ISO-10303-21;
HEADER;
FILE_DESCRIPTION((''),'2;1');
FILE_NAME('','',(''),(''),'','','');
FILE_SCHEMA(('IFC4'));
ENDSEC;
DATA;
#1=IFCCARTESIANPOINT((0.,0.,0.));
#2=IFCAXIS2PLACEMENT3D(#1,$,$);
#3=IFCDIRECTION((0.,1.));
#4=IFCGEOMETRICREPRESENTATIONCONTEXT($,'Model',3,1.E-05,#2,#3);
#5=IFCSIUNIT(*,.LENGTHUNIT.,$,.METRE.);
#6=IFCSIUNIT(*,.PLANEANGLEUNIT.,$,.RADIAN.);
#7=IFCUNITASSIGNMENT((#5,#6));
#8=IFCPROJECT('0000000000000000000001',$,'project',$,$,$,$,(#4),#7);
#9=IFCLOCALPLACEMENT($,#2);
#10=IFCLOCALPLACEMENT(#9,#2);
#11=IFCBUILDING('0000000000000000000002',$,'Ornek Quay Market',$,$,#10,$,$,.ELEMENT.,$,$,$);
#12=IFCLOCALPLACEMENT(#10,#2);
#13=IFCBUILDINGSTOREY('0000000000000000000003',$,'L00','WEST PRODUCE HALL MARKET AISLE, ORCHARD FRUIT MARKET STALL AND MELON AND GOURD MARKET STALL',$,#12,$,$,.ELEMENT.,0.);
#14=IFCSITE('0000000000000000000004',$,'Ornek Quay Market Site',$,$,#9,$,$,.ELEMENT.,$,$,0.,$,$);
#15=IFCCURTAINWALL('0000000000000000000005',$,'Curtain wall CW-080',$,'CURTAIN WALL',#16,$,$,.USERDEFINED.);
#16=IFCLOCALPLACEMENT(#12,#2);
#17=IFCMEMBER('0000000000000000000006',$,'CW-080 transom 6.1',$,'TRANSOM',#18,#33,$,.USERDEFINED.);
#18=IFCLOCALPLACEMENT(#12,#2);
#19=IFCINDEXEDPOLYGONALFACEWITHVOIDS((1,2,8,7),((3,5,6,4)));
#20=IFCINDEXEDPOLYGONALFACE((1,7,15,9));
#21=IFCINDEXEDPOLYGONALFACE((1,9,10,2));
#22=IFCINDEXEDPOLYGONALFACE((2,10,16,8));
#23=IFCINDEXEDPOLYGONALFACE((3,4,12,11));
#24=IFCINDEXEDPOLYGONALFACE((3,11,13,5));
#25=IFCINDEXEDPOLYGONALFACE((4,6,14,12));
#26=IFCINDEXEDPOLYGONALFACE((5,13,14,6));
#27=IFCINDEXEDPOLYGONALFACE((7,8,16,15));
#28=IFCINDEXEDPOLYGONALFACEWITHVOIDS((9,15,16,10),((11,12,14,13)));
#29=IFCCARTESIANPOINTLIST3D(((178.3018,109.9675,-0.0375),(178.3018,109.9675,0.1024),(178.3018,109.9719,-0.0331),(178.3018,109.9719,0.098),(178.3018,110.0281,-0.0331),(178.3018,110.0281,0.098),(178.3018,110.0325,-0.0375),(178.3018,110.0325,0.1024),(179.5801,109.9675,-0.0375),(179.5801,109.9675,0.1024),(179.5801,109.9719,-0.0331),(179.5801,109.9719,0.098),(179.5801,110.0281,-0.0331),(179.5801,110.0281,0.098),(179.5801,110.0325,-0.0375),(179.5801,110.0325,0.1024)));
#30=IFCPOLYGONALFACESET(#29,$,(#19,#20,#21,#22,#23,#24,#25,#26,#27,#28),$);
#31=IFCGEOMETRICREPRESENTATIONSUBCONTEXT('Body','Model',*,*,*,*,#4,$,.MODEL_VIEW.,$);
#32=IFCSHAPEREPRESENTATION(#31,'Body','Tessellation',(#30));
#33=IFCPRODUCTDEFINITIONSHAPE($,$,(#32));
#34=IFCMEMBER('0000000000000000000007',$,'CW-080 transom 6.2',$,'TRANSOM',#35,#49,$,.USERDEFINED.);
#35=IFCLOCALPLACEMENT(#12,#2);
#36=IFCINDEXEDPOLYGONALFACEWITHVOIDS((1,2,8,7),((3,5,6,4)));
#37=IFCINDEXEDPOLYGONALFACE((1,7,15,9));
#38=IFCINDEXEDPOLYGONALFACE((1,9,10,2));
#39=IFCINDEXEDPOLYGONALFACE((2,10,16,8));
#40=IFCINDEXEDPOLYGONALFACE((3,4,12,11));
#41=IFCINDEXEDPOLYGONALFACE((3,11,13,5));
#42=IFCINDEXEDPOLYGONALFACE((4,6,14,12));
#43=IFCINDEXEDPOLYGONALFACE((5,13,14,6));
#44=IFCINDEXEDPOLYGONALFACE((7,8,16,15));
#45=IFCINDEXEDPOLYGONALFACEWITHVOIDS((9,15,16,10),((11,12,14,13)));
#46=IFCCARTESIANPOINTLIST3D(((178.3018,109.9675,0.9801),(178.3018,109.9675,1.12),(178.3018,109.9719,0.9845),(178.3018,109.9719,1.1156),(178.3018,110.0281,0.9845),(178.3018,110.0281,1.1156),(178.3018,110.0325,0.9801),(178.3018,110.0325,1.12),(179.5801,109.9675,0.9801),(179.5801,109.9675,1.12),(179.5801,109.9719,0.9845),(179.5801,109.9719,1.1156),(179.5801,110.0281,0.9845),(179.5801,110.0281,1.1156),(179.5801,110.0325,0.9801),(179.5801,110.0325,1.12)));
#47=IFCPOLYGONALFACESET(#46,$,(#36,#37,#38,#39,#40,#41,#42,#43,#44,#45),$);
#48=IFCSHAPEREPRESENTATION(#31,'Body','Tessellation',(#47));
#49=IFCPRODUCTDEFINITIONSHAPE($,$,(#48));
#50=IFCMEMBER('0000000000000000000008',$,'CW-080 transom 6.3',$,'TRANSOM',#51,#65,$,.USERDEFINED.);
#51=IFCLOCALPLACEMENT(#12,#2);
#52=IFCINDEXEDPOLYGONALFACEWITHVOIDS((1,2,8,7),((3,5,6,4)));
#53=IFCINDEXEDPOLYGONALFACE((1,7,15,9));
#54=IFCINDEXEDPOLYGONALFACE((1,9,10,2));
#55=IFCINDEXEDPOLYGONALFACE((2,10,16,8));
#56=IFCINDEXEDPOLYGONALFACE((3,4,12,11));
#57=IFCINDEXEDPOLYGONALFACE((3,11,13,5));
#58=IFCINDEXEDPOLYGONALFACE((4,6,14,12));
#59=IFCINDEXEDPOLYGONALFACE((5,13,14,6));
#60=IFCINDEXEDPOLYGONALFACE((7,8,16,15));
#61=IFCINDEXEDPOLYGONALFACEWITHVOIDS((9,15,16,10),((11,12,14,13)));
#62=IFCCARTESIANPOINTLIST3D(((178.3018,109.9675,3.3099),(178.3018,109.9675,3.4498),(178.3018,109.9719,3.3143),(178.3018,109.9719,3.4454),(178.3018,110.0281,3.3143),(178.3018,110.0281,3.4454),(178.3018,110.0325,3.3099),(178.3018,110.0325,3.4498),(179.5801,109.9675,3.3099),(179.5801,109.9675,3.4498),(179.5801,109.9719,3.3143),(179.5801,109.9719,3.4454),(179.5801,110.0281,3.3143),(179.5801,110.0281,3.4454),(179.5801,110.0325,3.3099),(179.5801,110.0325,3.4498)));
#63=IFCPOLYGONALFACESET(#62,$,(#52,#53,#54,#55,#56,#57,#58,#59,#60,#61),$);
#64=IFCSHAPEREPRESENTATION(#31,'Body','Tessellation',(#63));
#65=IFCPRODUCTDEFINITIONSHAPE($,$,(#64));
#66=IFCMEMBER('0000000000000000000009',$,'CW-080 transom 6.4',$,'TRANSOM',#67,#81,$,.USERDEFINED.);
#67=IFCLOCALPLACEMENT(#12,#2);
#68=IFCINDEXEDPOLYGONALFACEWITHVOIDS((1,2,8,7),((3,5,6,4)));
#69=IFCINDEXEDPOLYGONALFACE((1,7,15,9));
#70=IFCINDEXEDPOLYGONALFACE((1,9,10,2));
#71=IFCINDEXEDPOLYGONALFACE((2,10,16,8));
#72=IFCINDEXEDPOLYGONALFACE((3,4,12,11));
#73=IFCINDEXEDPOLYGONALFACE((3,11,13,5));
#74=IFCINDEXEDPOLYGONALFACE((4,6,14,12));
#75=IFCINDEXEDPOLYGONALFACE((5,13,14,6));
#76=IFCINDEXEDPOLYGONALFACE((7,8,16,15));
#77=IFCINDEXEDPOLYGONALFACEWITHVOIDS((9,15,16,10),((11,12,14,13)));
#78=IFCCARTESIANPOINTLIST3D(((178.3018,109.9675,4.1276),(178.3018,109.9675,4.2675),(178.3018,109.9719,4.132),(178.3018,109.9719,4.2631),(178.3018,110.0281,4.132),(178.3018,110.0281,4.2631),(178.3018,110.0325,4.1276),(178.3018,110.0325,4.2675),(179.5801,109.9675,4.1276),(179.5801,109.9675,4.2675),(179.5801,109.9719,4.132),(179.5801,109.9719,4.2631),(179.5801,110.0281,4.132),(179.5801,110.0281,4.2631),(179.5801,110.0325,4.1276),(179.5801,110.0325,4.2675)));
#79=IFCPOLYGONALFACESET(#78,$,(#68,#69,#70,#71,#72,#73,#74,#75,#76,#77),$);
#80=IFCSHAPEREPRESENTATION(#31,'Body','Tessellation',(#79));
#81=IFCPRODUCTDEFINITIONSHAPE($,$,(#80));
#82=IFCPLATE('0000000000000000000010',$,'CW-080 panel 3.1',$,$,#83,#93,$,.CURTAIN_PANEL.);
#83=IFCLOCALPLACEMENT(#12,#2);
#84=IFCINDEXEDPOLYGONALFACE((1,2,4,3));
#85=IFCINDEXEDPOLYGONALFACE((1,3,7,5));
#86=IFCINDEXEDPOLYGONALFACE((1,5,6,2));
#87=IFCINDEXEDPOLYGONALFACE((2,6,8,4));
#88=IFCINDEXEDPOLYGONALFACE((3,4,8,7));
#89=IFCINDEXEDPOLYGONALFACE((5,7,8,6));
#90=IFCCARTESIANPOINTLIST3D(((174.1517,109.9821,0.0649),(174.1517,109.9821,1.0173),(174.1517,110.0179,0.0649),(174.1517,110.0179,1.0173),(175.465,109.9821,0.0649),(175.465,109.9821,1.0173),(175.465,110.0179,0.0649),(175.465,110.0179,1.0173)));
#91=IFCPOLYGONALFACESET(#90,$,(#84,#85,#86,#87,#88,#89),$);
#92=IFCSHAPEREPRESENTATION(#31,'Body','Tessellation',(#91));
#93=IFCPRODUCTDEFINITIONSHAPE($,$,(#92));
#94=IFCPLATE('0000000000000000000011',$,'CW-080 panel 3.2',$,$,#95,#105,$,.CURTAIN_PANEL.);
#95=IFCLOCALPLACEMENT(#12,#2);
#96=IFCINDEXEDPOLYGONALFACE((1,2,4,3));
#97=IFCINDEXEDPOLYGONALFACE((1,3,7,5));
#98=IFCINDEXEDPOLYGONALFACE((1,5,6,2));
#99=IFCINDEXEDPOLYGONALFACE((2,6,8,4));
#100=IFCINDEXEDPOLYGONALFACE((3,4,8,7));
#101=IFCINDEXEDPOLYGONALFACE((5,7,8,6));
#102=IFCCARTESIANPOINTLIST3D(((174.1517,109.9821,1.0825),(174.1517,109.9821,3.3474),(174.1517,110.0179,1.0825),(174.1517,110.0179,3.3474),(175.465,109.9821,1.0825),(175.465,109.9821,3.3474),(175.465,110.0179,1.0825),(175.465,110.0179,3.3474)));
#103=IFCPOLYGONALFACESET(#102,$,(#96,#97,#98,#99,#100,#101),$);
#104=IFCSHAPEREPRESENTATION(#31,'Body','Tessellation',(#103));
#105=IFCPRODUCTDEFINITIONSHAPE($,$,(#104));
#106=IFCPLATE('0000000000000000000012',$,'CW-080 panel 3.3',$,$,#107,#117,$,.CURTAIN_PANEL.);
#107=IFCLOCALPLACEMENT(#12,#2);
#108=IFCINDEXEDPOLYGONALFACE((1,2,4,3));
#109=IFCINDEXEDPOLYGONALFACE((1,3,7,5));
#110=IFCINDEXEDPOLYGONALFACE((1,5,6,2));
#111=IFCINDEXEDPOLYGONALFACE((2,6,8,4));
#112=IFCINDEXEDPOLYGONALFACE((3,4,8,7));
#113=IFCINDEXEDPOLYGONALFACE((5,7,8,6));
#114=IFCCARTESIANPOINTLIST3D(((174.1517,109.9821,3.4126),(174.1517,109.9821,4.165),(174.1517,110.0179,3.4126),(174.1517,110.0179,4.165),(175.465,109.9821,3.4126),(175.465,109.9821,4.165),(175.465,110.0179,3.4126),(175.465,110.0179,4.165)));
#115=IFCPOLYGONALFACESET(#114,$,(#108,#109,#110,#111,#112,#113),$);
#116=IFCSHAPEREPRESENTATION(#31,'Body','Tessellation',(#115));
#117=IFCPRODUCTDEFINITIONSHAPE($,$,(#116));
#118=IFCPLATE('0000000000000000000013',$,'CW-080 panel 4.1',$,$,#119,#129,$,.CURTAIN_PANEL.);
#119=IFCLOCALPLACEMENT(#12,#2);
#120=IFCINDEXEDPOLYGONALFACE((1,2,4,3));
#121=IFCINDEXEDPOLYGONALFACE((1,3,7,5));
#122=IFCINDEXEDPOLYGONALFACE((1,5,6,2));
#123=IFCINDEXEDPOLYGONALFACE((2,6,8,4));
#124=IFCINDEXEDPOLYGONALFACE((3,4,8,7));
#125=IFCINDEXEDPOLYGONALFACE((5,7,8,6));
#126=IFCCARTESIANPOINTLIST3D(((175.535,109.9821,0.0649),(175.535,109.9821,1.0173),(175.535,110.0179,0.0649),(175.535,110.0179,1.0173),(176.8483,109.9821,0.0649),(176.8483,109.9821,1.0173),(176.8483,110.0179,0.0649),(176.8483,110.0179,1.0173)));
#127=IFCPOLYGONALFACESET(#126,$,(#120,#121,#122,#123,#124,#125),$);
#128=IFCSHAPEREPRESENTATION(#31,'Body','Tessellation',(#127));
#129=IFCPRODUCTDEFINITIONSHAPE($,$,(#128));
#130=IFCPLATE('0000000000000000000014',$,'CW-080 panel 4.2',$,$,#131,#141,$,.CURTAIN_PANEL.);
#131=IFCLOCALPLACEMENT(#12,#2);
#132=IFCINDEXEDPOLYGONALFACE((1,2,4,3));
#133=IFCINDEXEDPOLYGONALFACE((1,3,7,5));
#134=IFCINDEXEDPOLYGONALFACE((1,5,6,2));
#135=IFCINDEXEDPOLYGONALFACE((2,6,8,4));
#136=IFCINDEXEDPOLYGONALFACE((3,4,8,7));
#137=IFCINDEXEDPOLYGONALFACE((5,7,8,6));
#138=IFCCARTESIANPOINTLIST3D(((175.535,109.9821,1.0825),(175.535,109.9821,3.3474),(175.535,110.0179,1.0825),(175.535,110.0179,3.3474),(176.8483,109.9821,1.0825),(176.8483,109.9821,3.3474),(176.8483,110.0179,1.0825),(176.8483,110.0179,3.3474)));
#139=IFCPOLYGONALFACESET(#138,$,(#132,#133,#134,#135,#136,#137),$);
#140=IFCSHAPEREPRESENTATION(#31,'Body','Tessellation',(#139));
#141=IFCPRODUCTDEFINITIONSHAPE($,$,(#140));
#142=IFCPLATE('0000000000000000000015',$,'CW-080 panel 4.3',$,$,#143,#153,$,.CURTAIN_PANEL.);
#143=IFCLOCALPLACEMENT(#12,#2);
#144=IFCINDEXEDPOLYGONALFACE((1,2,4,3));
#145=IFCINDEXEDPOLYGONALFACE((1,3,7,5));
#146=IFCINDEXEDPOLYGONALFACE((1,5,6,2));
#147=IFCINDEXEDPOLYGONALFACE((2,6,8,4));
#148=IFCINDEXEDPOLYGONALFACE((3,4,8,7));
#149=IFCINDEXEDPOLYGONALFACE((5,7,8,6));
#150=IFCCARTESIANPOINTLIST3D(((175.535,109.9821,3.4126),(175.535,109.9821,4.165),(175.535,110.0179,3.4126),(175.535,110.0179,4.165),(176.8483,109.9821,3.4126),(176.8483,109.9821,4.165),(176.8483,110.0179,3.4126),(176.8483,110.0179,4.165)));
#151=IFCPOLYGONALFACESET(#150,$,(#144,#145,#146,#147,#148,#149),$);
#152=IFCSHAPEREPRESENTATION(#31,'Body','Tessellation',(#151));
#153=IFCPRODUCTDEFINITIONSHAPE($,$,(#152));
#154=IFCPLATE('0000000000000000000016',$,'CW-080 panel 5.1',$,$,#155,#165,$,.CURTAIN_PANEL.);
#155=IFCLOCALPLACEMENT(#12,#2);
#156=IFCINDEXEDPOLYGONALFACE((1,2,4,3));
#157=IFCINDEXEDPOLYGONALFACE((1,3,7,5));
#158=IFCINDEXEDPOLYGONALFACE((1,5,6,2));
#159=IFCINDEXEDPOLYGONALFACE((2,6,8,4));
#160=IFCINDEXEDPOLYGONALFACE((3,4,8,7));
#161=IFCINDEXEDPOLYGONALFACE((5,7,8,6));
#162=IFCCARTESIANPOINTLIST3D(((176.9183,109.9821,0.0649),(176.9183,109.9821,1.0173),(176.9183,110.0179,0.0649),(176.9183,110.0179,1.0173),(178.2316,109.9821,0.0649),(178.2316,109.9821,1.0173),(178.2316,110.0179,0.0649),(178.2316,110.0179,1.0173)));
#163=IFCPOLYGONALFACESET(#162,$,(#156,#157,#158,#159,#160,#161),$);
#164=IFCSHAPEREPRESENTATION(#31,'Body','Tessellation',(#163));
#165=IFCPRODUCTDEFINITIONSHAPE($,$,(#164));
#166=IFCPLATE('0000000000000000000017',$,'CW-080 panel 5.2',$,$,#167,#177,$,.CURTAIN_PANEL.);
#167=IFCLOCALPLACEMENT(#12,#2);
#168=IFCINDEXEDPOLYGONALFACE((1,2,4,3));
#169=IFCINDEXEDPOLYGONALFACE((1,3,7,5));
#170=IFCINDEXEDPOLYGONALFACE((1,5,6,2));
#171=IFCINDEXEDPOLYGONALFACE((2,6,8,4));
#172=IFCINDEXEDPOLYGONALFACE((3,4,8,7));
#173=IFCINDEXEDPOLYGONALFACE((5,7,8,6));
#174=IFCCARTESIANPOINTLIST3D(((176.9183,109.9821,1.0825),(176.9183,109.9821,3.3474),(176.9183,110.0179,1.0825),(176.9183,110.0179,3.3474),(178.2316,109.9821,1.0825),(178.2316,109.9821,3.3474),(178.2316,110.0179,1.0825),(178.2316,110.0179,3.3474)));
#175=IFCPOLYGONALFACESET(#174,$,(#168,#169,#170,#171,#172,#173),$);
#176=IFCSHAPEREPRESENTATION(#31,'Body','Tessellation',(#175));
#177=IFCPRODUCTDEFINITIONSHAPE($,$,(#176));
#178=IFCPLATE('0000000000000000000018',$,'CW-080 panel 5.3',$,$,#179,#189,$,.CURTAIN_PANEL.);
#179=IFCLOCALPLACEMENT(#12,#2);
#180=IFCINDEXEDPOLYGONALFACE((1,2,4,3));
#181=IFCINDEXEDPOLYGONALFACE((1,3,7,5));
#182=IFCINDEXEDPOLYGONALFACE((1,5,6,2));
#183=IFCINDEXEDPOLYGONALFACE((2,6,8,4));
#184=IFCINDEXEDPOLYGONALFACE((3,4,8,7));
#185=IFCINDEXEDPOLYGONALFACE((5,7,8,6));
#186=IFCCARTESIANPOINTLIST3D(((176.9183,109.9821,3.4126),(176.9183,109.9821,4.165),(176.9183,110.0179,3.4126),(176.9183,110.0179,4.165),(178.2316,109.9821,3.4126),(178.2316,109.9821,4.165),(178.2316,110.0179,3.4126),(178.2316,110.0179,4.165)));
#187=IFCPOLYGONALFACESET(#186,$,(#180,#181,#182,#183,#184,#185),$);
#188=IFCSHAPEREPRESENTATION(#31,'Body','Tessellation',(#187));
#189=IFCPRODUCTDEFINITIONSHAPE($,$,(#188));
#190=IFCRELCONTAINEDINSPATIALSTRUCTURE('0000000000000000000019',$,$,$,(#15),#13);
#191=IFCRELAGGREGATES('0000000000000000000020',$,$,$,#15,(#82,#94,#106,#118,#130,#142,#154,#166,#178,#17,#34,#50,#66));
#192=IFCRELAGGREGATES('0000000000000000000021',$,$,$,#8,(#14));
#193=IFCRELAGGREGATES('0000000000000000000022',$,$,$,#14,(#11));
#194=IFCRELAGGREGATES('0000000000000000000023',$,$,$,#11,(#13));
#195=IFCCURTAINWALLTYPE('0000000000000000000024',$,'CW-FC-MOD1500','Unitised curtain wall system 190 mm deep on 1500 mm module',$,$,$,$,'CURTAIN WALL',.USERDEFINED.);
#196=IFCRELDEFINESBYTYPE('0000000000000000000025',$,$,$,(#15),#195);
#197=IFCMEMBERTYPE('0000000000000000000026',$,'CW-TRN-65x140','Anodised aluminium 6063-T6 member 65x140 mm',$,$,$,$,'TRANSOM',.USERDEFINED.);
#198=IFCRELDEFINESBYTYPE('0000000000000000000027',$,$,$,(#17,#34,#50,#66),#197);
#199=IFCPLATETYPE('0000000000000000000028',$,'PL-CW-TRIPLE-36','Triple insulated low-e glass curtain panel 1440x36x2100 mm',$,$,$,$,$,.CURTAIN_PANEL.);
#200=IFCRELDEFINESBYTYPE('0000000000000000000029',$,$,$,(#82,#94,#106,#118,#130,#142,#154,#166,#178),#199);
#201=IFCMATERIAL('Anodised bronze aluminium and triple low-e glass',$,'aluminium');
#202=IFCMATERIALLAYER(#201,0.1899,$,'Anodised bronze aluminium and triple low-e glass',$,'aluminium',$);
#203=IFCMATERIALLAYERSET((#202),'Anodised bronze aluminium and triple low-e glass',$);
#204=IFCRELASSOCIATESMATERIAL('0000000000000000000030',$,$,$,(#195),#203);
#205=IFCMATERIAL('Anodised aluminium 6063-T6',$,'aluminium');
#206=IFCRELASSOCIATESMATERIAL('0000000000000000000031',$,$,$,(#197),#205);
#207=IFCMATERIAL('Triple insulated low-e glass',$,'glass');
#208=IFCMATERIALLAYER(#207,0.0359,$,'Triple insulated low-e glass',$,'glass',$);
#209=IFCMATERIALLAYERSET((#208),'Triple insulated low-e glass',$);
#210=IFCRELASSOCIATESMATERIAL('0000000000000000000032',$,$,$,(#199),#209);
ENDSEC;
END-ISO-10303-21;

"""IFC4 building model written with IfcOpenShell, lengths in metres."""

from ifc_helpers import new_model, si_unit, direction, frame, origin, origin_2d, place, context, subcontext, project, spatial, rectangle, hollow_rectangle, extrude, material, layer, layer_set, material_profile, profile_set, type_object, element, aggregate, save


model = new_model("IFC4")

# Units and contexts
model_context = context("Model", 3, precision=1e-05, world=origin(), true_north=direction((0.0, 1.0)))
body_context = subcontext(model_context, "Body", "Model", "MODEL_VIEW")
ifc_project = project(units=[si_unit("LENGTHUNIT", "METRE"), si_unit("PLANEANGLEUNIT", "RADIAN")], contexts=[model_context])

# Site, building, storey
site_placement = place(None, origin())
site = spatial("IfcSite", under=ifc_project, at=site_placement, Name="Ornek Quay Market Site", CompositionType="ELEMENT", RefElevation=0.0)
building_placement = place(site_placement, origin())
building = spatial("IfcBuilding", under=site, at=building_placement, Name="Ornek Quay Market", CompositionType="ELEMENT")
storey_placement = place(building_placement, origin())
storey = spatial("IfcBuildingStorey", under=building, at=storey_placement, Name="L00", Description="WEST PRODUCE HALL MARKET AISLE, ORCHARD FRUIT MARKET STALL AND MELON AND GOURD MARKET STALL", CompositionType="ELEMENT", Elevation=0.0)

# Curtain wall, members, plates
ifc_material_1 = material(Name="Anodised bronze aluminium and triple low-e glass", Category="aluminium")
ifc_layer_1 = layer(ifc_material_1, 0.1899, Name="Anodised bronze aluminium and triple low-e glass", Category="aluminium")
ifc_layer_set_1 = layer_set([ifc_layer_1], Name="Anodised bronze aluminium and triple low-e glass")
curtain_wall_type = type_object("IfcCurtainWallType", Name="CW-FC-MOD1500", Description="Unitised curtain wall system 190 mm deep on 1500 mm module", ElementType="CURTAIN WALL", PredefinedType="USERDEFINED", material=ifc_layer_set_1)
curtain_wall_placement = place(storey_placement, origin())
curtain_wall = element("IfcCurtainWall", 1, at=curtain_wall_placement, inside=storey, type_object=curtain_wall_type, Name="Curtain wall CW-080", ObjectType="CURTAIN WALL", PredefinedType="USERDEFINED")
ifc_material_2 = material(Name="Anodised aluminium 6063-T6", Category="aluminium")
ifc_material_profile_1 = material_profile(ifc_material_2, hollow_rectangle(XDim=0.0649, YDim=0.1399, WallThickness=0.0044, at=origin_2d()), Name="CW-TRN-65x140", Category="aluminium")
ifc_profile_set_1 = profile_set([ifc_material_profile_1], Name="Anodised aluminium 6063-T6")
member_type_1 = type_object("IfcMemberType", Name="CW-TRN-65x140", Description="Anodised aluminium 6063-T6 member 65x140 mm", ElementType="TRANSOM", PredefinedType="USERDEFINED", material=ifc_profile_set_1)
member_1_placement = place(storey_placement, frame((178.3018, 110.0, 0.0325), z_axis=(1.0, 0.0, 0.0), x_axis=(0.0, 1.0, 0.0)))
member_1 = element("IfcMember", 2, at=member_1_placement, type_object=member_type_1, Name="CW-080 transom 6.1", ObjectType="TRANSOM", PredefinedType="USERDEFINED", context=body_context, shape_type="SweptSolid", body=[
    extrude(hollow_rectangle(XDim=0.0649, YDim=0.1399, WallThickness=0.0044, at=origin_2d()), origin(), (0.0, 0.0, 1.0), 1.2783),
])
member_2_placement = place(storey_placement, frame((178.3018, 110.0, 1.05), z_axis=(1.0, 0.0, 0.0), x_axis=(0.0, 1.0, 0.0)))
member_2 = element("IfcMember", 3, at=member_2_placement, type_object=member_type_1, Name="CW-080 transom 6.2", ObjectType="TRANSOM", PredefinedType="USERDEFINED", context=body_context, shape_type="SweptSolid", body=[
    extrude(hollow_rectangle(XDim=0.0649, YDim=0.1399, WallThickness=0.0044, at=origin_2d()), origin(), (0.0, 0.0, 1.0), 1.2783),
])
member_3_placement = place(storey_placement, frame((178.3018, 110.0, 3.3799), z_axis=(1.0, 0.0, 0.0), x_axis=(0.0, 1.0, 0.0)))
member_3 = element("IfcMember", 4, at=member_3_placement, type_object=member_type_1, Name="CW-080 transom 6.3", ObjectType="TRANSOM", PredefinedType="USERDEFINED", context=body_context, shape_type="SweptSolid", body=[
    extrude(hollow_rectangle(XDim=0.0649, YDim=0.1399, WallThickness=0.0044, at=origin_2d()), origin(), (0.0, 0.0, 1.0), 1.2783),
])
member_4_placement = place(storey_placement, frame((178.3018, 110.0, 4.1975), z_axis=(1.0, 0.0, 0.0), x_axis=(0.0, 1.0, 0.0)))
member_4 = element("IfcMember", 5, at=member_4_placement, type_object=member_type_1, Name="CW-080 transom 6.4", ObjectType="TRANSOM", PredefinedType="USERDEFINED", context=body_context, shape_type="SweptSolid", body=[
    extrude(hollow_rectangle(XDim=0.0649, YDim=0.1399, WallThickness=0.0044, at=origin_2d()), origin(), (0.0, 0.0, 1.0), 1.2783),
])
ifc_material_3 = material(Name="Triple insulated low-e glass", Category="glass")
ifc_layer_2 = layer(ifc_material_3, 0.0359, Name="Triple insulated low-e glass", Category="glass")
ifc_layer_set_2 = layer_set([ifc_layer_2], Name="Triple insulated low-e glass")
plate_type = type_object("IfcPlateType", Name="PL-CW-TRIPLE-36", Description="Triple insulated low-e glass curtain panel 1440x36x2100 mm", PredefinedType="CURTAIN_PANEL", material=ifc_layer_set_2)
plate_1_placement = place(storey_placement, frame((174.8083, 110.0, 0.0649), z_axis=(0.0, 0.0, 1.0), x_axis=(1.0, 0.0, 0.0)))
plate_1 = element("IfcPlate", 6, at=plate_1_placement, type_object=plate_type, Name="CW-080 panel 3.1", PredefinedType="CURTAIN_PANEL", context=body_context, shape_type="SweptSolid", body=[
    extrude(rectangle(XDim=1.3132, YDim=0.0359, at=origin_2d()), origin(), (0.0, 0.0, 1.0), 0.9524),
])
plate_2_placement = place(storey_placement, frame((174.8083, 110.0, 1.0825), z_axis=(0.0, 0.0, 1.0), x_axis=(1.0, 0.0, 0.0)))
plate_2 = element("IfcPlate", 7, at=plate_2_placement, type_object=plate_type, Name="CW-080 panel 3.2", PredefinedType="CURTAIN_PANEL", context=body_context, shape_type="SweptSolid", body=[
    extrude(rectangle(XDim=1.3132, YDim=0.0359, at=origin_2d()), origin(), (0.0, 0.0, 1.0), 2.2649),
])
plate_3_placement = place(storey_placement, frame((174.8083, 110.0, 3.4126), z_axis=(0.0, 0.0, 1.0), x_axis=(1.0, 0.0, 0.0)))
plate_3 = element("IfcPlate", 8, at=plate_3_placement, type_object=plate_type, Name="CW-080 panel 3.3", PredefinedType="CURTAIN_PANEL", context=body_context, shape_type="SweptSolid", body=[
    extrude(rectangle(XDim=1.3132, YDim=0.0359, at=origin_2d()), origin(), (0.0, 0.0, 1.0), 0.7524),
])
plate_4_placement = place(storey_placement, frame((176.1917, 110.0, 0.0649), z_axis=(0.0, 0.0, 1.0), x_axis=(1.0, 0.0, 0.0)))
plate_4 = element("IfcPlate", 9, at=plate_4_placement, type_object=plate_type, Name="CW-080 panel 4.1", PredefinedType="CURTAIN_PANEL", context=body_context, shape_type="SweptSolid", body=[
    extrude(rectangle(XDim=1.3132, YDim=0.0359, at=origin_2d()), origin(), (0.0, 0.0, 1.0), 0.9524),
])
plate_5_placement = place(storey_placement, frame((176.1917, 110.0, 1.0825), z_axis=(0.0, 0.0, 1.0), x_axis=(1.0, 0.0, 0.0)))
plate_5 = element("IfcPlate", 10, at=plate_5_placement, type_object=plate_type, Name="CW-080 panel 4.2", PredefinedType="CURTAIN_PANEL", context=body_context, shape_type="SweptSolid", body=[
    extrude(rectangle(XDim=1.3132, YDim=0.0359, at=origin_2d()), origin(), (0.0, 0.0, 1.0), 2.2649),
])
plate_6_placement = place(storey_placement, frame((176.1917, 110.0, 3.4126), z_axis=(0.0, 0.0, 1.0), x_axis=(1.0, 0.0, 0.0)))
plate_6 = element("IfcPlate", 11, at=plate_6_placement, type_object=plate_type, Name="CW-080 panel 4.3", PredefinedType="CURTAIN_PANEL", context=body_context, shape_type="SweptSolid", body=[
    extrude(rectangle(XDim=1.3132, YDim=0.0359, at=origin_2d()), origin(), (0.0, 0.0, 1.0), 0.7524),
])
plate_7_placement = place(storey_placement, frame((177.575, 110.0, 0.0649), z_axis=(0.0, 0.0, 1.0), x_axis=(1.0, 0.0, 0.0)))
plate_7 = element("IfcPlate", 12, at=plate_7_placement, type_object=plate_type, Name="CW-080 panel 5.1", PredefinedType="CURTAIN_PANEL", context=body_context, shape_type="SweptSolid", body=[
    extrude(rectangle(XDim=1.3132, YDim=0.0359, at=origin_2d()), origin(), (0.0, 0.0, 1.0), 0.9524),
])
plate_8_placement = place(storey_placement, frame((177.575, 110.0, 1.0825), z_axis=(0.0, 0.0, 1.0), x_axis=(1.0, 0.0, 0.0)))
plate_8 = element("IfcPlate", 13, at=plate_8_placement, type_object=plate_type, Name="CW-080 panel 5.2", PredefinedType="CURTAIN_PANEL", context=body_context, shape_type="SweptSolid", body=[
    extrude(rectangle(XDim=1.3132, YDim=0.0359, at=origin_2d()), origin(), (0.0, 0.0, 1.0), 2.2649),
])
plate_9_placement = place(storey_placement, frame((177.575, 110.0, 3.4126), z_axis=(0.0, 0.0, 1.0), x_axis=(1.0, 0.0, 0.0)))
plate_9 = element("IfcPlate", 14, at=plate_9_placement, type_object=plate_type, Name="CW-080 panel 5.3", PredefinedType="CURTAIN_PANEL", context=body_context, shape_type="SweptSolid", body=[
    extrude(rectangle(XDim=1.3132, YDim=0.0359, at=origin_2d()), origin(), (0.0, 0.0, 1.0), 0.7524),
])
aggregate(curtain_wall, [plate_1, plate_2, plate_3, plate_4, plate_5, plate_6, plate_7, plate_8, plate_9, member_1, member_2, member_3, member_4])

save(model, "model.ifc")
